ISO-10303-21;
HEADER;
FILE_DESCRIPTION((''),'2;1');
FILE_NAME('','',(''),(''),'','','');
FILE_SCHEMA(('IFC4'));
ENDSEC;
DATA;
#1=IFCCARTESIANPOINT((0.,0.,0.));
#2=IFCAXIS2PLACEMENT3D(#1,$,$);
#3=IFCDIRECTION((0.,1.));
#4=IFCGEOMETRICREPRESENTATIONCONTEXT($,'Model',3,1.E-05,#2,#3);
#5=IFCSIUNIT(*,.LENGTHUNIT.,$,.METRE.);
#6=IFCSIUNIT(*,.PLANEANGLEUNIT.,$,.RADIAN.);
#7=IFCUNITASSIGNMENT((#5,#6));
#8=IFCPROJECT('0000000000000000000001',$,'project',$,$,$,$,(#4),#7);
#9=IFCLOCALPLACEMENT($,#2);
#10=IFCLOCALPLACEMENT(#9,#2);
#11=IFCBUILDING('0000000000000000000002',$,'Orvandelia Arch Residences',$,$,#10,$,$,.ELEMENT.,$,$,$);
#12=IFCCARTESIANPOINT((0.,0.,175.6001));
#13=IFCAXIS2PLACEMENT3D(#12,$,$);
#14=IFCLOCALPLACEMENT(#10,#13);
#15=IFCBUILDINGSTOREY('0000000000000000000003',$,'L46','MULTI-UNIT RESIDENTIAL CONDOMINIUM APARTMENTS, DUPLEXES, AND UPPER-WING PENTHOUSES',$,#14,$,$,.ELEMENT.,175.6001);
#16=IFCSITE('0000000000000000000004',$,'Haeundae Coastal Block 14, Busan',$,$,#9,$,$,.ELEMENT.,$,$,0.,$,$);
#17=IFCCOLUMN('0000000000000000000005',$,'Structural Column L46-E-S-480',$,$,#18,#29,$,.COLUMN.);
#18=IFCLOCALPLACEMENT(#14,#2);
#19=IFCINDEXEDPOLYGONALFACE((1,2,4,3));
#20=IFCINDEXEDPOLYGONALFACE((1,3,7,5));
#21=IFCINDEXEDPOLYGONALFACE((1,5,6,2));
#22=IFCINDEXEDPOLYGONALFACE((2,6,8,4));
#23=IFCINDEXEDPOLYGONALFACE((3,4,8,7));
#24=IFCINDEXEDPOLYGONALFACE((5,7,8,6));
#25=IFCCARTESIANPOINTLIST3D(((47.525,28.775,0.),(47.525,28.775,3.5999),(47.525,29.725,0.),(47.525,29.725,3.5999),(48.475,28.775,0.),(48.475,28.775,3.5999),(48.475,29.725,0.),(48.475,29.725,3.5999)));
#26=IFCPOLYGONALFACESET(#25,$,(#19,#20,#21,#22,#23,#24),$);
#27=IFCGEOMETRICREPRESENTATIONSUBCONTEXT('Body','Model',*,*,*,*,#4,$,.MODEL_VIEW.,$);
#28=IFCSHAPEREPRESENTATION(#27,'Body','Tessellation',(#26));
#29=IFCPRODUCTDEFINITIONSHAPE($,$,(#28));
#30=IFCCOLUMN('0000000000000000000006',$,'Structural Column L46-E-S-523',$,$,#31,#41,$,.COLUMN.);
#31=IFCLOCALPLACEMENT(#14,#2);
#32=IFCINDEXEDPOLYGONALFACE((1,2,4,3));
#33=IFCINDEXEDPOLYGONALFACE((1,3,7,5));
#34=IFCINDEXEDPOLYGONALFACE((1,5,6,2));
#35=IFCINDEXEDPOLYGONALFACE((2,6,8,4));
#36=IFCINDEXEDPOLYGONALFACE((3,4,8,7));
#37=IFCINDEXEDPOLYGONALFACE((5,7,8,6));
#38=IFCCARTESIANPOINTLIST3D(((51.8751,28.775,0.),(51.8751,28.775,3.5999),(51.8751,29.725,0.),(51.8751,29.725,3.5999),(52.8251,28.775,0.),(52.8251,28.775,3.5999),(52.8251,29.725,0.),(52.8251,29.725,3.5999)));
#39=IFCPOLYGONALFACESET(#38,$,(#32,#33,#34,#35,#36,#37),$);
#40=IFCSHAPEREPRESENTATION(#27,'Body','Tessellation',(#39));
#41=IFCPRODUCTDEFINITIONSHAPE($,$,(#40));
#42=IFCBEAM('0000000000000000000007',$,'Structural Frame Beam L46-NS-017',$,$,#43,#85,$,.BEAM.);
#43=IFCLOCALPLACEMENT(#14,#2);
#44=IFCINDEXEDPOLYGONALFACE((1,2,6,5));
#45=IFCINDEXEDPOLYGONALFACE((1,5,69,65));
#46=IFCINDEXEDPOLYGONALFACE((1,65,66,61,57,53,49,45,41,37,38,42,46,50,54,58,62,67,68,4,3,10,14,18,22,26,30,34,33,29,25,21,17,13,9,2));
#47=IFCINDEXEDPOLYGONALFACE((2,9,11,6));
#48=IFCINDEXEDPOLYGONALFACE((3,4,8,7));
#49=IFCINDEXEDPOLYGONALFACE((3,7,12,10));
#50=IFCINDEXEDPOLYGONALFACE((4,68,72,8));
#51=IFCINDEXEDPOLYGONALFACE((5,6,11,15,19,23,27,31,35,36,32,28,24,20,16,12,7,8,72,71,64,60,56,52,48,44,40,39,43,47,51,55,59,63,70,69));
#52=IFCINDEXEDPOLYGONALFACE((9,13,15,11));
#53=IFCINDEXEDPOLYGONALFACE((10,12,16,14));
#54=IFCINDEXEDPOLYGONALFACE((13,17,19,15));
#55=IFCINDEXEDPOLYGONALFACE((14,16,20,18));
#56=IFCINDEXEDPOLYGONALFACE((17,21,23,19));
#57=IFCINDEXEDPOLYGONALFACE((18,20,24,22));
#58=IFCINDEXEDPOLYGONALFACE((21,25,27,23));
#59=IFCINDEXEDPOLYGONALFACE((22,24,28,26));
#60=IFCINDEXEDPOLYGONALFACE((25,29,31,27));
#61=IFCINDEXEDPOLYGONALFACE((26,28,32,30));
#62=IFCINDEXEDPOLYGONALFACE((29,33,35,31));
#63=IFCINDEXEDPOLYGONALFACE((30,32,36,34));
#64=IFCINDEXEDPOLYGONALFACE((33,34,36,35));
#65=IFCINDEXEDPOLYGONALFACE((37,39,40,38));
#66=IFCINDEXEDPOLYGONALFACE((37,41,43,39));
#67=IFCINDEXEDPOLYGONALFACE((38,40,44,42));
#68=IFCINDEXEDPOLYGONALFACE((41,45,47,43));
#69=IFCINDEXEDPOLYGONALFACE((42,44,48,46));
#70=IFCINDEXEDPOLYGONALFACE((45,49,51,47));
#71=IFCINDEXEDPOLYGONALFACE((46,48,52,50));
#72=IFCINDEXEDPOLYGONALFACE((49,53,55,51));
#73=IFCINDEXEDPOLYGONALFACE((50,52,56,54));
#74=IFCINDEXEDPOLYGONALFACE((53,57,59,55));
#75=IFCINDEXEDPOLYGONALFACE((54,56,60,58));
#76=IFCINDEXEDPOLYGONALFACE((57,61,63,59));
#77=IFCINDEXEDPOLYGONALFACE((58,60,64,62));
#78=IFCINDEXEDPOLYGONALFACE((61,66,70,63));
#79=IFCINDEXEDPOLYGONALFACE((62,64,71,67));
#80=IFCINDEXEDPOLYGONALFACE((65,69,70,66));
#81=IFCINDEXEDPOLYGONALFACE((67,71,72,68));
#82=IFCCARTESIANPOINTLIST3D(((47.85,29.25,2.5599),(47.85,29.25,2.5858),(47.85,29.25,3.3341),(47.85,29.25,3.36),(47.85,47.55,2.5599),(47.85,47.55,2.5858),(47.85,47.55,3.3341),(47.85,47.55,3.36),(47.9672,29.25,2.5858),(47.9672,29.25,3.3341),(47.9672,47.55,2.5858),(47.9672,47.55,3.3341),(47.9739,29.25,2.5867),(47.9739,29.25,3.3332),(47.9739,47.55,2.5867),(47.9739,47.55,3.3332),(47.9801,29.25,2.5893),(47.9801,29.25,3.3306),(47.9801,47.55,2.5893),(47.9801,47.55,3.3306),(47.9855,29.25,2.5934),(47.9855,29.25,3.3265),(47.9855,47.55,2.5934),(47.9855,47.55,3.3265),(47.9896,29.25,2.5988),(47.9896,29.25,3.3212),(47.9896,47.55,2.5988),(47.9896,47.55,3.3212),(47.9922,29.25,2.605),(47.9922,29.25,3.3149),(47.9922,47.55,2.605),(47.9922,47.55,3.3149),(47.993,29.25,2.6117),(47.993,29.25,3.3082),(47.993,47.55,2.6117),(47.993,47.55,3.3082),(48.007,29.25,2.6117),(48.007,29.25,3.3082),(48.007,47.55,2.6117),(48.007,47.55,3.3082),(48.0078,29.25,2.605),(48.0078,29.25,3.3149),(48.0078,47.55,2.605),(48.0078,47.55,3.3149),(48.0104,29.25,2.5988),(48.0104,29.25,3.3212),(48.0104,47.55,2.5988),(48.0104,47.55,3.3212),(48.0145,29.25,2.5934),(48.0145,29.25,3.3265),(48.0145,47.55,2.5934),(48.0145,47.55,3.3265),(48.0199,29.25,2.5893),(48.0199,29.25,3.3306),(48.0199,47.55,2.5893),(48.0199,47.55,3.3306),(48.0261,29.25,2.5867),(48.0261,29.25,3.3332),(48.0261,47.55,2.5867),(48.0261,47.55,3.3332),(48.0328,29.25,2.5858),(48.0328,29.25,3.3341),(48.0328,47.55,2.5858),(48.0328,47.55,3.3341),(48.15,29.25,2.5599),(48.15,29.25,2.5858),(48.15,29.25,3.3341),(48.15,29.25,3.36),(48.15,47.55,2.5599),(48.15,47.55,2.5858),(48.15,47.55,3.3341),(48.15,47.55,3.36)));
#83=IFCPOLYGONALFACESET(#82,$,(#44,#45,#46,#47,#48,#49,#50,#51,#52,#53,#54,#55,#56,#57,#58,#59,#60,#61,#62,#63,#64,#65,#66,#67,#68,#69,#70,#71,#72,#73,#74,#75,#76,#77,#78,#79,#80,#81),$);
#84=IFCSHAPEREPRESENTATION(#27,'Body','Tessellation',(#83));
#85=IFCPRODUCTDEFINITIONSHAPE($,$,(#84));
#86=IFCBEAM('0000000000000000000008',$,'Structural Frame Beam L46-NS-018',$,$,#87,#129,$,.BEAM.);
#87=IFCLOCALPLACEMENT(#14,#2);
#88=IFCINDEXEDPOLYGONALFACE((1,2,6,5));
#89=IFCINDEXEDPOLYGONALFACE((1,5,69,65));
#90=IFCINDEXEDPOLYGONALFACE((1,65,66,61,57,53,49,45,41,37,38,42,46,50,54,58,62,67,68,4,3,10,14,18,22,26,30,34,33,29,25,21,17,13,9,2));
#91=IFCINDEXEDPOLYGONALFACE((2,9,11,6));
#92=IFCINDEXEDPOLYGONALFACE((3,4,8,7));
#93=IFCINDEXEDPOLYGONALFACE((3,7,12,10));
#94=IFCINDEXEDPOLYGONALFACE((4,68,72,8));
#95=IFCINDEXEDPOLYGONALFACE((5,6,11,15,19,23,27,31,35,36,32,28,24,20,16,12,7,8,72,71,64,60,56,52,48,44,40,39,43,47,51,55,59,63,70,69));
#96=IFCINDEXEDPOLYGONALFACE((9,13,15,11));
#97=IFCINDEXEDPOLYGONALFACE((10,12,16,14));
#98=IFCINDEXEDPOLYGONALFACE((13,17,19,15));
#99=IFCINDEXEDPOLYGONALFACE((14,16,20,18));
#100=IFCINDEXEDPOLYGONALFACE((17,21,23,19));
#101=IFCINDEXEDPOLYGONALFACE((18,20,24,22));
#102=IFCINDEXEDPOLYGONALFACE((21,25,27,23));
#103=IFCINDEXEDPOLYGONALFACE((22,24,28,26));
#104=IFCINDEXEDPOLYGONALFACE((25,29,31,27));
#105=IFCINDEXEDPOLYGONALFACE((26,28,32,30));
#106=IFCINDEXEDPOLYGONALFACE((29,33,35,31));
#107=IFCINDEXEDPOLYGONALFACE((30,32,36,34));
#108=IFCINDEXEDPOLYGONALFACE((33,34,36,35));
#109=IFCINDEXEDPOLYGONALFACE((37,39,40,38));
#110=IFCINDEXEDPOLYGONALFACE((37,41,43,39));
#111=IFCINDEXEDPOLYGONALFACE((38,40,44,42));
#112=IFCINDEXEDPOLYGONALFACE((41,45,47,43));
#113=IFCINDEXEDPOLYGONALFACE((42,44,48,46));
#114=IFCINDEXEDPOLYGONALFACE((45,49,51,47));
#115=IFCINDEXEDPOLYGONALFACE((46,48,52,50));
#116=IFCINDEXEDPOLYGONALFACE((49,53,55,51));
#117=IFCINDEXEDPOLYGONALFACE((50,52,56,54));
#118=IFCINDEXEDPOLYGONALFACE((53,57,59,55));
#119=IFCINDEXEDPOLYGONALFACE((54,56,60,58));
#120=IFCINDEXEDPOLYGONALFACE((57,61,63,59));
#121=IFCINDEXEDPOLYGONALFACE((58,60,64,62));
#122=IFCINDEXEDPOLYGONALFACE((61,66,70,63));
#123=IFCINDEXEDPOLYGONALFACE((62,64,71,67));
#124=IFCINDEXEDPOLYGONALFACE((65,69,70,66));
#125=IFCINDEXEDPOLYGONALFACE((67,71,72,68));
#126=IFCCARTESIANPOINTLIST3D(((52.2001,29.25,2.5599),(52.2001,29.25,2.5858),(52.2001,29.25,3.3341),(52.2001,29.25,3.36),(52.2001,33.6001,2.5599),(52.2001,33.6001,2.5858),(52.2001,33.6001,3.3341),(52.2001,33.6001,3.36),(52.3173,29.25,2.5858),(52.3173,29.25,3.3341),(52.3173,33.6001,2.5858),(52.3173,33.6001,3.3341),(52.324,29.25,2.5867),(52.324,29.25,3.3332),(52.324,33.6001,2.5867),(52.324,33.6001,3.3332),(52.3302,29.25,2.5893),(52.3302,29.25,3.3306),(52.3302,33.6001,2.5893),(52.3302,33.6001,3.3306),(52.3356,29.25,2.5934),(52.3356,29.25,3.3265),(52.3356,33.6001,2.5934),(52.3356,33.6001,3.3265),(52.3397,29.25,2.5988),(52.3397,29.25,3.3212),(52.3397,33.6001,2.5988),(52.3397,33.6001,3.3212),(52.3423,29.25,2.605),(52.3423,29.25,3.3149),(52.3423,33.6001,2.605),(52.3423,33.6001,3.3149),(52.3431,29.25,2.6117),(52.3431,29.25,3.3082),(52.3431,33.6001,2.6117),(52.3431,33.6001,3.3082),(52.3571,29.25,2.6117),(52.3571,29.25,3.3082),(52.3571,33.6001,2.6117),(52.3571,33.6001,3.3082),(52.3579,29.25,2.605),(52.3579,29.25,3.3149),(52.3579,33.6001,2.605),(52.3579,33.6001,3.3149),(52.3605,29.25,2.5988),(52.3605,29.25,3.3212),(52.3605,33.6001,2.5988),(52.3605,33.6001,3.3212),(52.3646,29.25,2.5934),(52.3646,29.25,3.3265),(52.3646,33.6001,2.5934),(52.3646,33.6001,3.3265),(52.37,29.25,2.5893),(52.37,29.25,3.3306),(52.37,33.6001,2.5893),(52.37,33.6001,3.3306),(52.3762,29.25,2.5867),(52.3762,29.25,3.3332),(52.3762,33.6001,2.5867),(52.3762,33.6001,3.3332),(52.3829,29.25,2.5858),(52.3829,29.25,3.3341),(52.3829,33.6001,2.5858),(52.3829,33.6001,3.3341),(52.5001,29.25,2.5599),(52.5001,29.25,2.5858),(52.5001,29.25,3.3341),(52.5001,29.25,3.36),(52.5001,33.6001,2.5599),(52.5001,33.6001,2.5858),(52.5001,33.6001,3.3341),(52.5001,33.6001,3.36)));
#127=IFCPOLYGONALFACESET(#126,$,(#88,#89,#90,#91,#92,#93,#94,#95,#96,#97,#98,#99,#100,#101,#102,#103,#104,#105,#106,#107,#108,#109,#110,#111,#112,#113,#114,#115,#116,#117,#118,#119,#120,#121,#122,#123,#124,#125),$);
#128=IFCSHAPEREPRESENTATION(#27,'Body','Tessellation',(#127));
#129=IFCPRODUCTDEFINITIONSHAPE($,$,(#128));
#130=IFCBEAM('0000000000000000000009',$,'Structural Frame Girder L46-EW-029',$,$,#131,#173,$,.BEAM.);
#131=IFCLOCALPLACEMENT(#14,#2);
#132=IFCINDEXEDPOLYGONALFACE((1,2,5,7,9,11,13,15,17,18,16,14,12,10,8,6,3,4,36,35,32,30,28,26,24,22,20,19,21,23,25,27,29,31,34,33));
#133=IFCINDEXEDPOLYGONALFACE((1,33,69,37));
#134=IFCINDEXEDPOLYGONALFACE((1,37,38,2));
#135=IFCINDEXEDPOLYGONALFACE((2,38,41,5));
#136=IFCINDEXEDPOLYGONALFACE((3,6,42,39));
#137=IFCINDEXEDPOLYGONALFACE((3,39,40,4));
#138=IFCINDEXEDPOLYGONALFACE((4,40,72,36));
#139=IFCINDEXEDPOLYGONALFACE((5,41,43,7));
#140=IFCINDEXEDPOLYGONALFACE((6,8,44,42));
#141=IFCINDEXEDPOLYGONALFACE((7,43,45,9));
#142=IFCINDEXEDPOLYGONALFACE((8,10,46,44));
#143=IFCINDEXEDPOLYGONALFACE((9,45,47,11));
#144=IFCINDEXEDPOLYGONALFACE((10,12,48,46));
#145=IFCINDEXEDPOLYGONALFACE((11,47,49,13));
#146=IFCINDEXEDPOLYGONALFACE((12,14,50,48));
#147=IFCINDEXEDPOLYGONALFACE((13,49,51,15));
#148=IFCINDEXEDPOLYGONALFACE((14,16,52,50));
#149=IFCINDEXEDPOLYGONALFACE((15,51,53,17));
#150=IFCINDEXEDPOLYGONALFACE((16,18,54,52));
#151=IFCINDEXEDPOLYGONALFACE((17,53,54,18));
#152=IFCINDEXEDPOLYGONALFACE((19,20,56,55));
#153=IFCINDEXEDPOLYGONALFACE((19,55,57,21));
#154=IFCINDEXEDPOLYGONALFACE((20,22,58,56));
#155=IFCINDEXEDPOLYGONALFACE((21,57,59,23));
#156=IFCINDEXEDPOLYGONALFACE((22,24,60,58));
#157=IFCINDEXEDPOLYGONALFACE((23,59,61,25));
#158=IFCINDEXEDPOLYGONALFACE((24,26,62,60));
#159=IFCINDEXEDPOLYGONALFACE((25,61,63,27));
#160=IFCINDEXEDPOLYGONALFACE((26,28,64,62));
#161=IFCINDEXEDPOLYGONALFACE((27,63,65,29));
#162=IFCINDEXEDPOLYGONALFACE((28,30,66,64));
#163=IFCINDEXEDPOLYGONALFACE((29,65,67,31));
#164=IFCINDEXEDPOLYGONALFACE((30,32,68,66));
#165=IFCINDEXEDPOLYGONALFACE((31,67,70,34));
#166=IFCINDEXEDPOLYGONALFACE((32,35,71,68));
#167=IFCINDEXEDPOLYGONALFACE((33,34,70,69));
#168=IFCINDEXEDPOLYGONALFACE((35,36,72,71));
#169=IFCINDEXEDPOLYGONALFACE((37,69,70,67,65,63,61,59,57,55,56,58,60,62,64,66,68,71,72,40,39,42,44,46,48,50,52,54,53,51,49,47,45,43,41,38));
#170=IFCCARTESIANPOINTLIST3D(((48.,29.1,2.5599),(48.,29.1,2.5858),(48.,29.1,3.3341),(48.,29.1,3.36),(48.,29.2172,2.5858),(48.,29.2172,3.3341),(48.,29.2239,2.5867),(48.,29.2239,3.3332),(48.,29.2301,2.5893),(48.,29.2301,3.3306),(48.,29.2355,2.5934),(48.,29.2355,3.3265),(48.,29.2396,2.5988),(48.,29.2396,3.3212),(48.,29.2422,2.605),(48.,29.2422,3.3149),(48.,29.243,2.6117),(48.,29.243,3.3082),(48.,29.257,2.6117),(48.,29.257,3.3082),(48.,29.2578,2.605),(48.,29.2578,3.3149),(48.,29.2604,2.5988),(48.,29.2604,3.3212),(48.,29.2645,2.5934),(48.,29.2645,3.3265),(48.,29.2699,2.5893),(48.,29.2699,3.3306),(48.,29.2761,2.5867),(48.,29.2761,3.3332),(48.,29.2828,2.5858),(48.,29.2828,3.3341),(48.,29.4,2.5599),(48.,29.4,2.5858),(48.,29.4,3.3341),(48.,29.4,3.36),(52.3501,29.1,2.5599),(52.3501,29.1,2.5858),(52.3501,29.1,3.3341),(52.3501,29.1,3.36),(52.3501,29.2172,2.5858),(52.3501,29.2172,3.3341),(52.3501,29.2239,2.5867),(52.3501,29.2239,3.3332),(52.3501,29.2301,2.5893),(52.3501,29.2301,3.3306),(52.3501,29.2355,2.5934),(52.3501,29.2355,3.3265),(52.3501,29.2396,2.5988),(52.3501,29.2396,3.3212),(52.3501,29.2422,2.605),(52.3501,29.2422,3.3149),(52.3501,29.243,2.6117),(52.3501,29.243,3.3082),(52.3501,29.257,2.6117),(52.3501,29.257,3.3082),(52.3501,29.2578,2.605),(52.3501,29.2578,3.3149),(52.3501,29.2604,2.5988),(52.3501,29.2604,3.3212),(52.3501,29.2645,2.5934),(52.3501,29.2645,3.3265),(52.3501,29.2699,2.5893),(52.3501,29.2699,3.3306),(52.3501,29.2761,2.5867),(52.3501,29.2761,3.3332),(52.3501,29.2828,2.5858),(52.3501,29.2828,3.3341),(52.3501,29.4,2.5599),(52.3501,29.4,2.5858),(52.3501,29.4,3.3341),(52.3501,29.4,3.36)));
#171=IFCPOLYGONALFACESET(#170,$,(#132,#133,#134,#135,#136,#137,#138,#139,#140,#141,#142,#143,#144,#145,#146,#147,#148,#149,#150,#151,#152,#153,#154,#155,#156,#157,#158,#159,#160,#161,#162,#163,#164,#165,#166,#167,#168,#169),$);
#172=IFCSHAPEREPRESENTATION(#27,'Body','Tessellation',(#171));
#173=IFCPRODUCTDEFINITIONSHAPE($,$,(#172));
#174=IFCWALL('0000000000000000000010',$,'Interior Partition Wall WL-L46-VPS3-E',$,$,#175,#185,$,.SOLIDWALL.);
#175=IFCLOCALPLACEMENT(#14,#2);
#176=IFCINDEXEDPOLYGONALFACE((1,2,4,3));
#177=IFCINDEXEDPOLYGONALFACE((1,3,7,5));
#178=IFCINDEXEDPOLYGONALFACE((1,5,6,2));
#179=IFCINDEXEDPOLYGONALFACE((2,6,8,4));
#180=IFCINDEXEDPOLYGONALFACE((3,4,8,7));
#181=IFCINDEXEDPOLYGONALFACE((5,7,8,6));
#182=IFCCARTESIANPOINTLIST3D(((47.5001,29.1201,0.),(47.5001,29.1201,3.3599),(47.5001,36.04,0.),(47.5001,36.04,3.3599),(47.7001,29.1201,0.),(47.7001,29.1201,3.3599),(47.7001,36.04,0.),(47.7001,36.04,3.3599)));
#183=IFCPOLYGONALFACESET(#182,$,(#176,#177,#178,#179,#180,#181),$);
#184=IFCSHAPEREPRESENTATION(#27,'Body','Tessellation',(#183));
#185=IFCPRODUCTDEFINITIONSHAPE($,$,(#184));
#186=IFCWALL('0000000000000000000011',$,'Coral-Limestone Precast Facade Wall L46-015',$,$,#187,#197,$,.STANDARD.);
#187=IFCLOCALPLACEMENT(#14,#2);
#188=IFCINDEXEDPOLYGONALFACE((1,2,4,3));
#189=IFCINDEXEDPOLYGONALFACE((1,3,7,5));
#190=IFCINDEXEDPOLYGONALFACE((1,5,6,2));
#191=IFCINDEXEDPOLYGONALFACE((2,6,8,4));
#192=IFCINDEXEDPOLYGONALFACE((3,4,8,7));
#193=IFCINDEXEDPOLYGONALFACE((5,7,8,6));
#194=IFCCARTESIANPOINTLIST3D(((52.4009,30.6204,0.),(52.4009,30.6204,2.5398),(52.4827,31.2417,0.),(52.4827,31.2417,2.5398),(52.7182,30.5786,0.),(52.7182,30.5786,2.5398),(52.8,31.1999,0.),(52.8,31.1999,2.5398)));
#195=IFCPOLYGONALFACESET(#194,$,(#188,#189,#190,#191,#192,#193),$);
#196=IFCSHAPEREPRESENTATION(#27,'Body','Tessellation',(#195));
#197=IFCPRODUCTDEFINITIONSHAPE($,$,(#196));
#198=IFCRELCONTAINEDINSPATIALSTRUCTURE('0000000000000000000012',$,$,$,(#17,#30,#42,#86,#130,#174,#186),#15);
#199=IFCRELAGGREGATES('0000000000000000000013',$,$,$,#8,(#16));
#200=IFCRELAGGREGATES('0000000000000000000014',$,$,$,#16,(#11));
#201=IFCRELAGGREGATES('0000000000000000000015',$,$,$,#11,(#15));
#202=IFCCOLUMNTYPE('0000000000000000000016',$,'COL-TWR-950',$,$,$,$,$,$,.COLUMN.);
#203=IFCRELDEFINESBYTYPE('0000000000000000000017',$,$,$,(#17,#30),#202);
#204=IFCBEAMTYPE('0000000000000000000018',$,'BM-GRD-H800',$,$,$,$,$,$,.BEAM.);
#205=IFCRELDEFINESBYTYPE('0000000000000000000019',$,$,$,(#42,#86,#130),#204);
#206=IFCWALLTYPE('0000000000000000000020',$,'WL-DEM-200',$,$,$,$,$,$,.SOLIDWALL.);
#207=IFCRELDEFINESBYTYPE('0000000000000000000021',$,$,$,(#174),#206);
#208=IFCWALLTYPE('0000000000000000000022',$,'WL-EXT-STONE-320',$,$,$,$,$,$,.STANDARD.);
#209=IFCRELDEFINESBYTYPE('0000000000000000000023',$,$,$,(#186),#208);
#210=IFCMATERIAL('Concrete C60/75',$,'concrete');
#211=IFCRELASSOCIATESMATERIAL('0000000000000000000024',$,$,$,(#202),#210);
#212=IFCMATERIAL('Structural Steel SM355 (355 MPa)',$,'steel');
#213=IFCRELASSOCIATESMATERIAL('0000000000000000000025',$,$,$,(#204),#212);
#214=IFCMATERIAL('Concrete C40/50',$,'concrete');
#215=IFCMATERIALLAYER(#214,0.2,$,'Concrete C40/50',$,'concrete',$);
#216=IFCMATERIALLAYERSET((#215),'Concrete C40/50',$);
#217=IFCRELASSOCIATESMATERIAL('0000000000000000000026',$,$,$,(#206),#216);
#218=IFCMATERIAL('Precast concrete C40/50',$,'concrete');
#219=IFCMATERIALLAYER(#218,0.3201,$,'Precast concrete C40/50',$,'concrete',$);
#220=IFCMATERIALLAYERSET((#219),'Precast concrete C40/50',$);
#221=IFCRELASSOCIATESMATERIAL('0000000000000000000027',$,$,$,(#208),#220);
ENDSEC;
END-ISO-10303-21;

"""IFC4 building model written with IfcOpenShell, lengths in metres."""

from ifc_helpers import new_model, si_unit, direction, frame, frame_2d, origin, origin_2d, place, context, subcontext, project, spatial, rectangle, i_section, extrude, material, layer, layer_set, material_profile, profile_set, type_object, element, save


model = new_model("IFC4")

# Units and contexts
model_context = context("Model", 3, precision=1e-05, world=origin(), true_north=direction((0.0, 1.0)))
body_context = subcontext(model_context, "Body", "Model", "MODEL_VIEW")
ifc_project = project(units=[si_unit("LENGTHUNIT", "METRE"), si_unit("PLANEANGLEUNIT", "RADIAN")], contexts=[model_context])

# Site, building, storey
site_placement = place(None, origin())
site = spatial("IfcSite", under=ifc_project, at=site_placement, Name="Haeundae Coastal Block 14, Busan", CompositionType="ELEMENT", RefElevation=0.0)
building_placement = place(site_placement, origin())
building = spatial("IfcBuilding", under=site, at=building_placement, Name="Orvandelia Arch Residences", CompositionType="ELEMENT")
storey_placement = place(building_placement, frame((0.0, 0.0, 175.6001)))
storey = spatial("IfcBuildingStorey", under=building, at=storey_placement, Name="L46", Description="MULTI-UNIT RESIDENTIAL CONDOMINIUM APARTMENTS, DUPLEXES, AND UPPER-WING PENTHOUSES", CompositionType="ELEMENT", Elevation=175.6001)

# Columns
ifc_material_1 = material(Name="Concrete C60/75", Category="concrete")
ifc_material_profile_1 = material_profile(ifc_material_1, rectangle(XDim=0.95, YDim=0.95, at=origin_2d()), Name="Concrete C60/75", Category="concrete")
ifc_profile_set_1 = profile_set([ifc_material_profile_1], Name="Concrete C60/75")
column_type = type_object("IfcColumnType", Name="COL-TWR-950", PredefinedType="COLUMN", material=ifc_profile_set_1)
for number, where, z_axis, x_axis, name in (
    (1, (48.0, 29.25, 0.0), (0.0, 0.0, 1.0), (1.0, 0.0, 0.0), "Structural Column L46-E-S-480"),
    (2, (52.3501, 29.25, 0.0), (0.0, 0.0, 1.0), (1.0, 0.0, 0.0), "Structural Column L46-E-S-523"),
):
    element("IfcColumn", number, at=place(storey_placement, frame(where, z_axis=z_axis, x_axis=x_axis)), inside=storey, type_object=column_type, Name=name, PredefinedType="COLUMN", context=body_context, shape_type="SweptSolid", body=[
        extrude(rectangle(XDim=0.95, YDim=0.95, at=origin_2d()), origin(), (0.0, 0.0, 1.0), 3.5999),
    ])

# Beams
ifc_material_2 = material(Name="Structural Steel SM355 (355 MPa)", Category="steel")
ifc_material_profile_2 = material_profile(ifc_material_2, i_section(OverallWidth=0.3, OverallDepth=0.8, WebThickness=0.0139, FlangeThickness=0.0259, FilletRadius=0.0259, at=origin_2d()), Name="Structural Steel SM355 (355 MPa)", Category="steel")
ifc_profile_set_2 = profile_set([ifc_material_profile_2], Name="Structural Steel SM355 (355 MPa)")
beam_type = type_object("IfcBeamType", Name="BM-GRD-H800", PredefinedType="BEAM", material=ifc_profile_set_2)
beam_placement = place(storey_placement, frame((48.0, 29.25, 2.96), z_axis=(0.0, 1.0, 0.0), x_axis=(-1.0, 0.0, 0.0)))
element("IfcBeam", 3, at=beam_placement, inside=storey, type_object=beam_type, Name="Structural Frame Beam L46-NS-017", PredefinedType="BEAM", context=body_context, shape_type="SweptSolid", body=[
    extrude(i_section(OverallWidth=0.3, OverallDepth=0.8, WebThickness=0.0139, FlangeThickness=0.0259, FilletRadius=0.0259, at=origin_2d()), origin(), (0.0, 0.0, 1.0), 18.3),
])
for number, where, z_axis, x_axis, name in (
    (4, (52.3501, 29.25, 2.96), (0.0, 1.0, 0.0), (-1.0, 0.0, 0.0), "Structural Frame Beam L46-NS-018"),
    (5, (48.0, 29.25, 2.96), (1.0, 0.0, 0.0), (0.0, 1.0, 0.0), "Structural Frame Girder L46-EW-029"),
):
    element("IfcBeam", number, at=place(storey_placement, frame(where, z_axis=z_axis, x_axis=x_axis)), inside=storey, type_object=beam_type, Name=name, PredefinedType="BEAM", context=body_context, shape_type="SweptSolid", body=[
        extrude(i_section(OverallWidth=0.3, OverallDepth=0.8, WebThickness=0.0139, FlangeThickness=0.0259, FilletRadius=0.0259, at=origin_2d()), origin(), (0.0, 0.0, 1.0), 4.3501),
    ])

# Walls
ifc_material_3 = material(Name="Concrete C40/50", Category="concrete")
ifc_layer_1 = layer(ifc_material_3, 0.2, Name="Concrete C40/50", Category="concrete")
ifc_layer_set_1 = layer_set([ifc_layer_1], Name="Concrete C40/50")
wall_type_1 = type_object("IfcWallType", Name="WL-DEM-200", PredefinedType="SOLIDWALL", material=ifc_layer_set_1)
wall_1_placement = place(storey_placement, frame((47.6001, 29.1201, 0.0), z_axis=(0.0, 0.0, 1.0), x_axis=(0.0, 1.0, 0.0)))
element("IfcWall", 6, at=wall_1_placement, inside=storey, type_object=wall_type_1, Name="Interior Partition Wall WL-L46-VPS3-E", PredefinedType="SOLIDWALL", context=body_context, shape_type="SweptSolid", body=[
    extrude(rectangle(XDim=6.9199, YDim=0.2, at=frame_2d((3.46, 0.0))), origin(), (0.0, 0.0, 1.0), 3.3599),
])
ifc_material_4 = material(Name="Precast concrete C40/50", Category="concrete")
ifc_layer_2 = layer(ifc_material_4, 0.3201, Name="Precast concrete C40/50", Category="concrete")
ifc_layer_set_2 = layer_set([ifc_layer_2], Name="Precast concrete C40/50")
wall_type_2 = type_object("IfcWallType", Name="WL-EXT-STONE-320", PredefinedType="STANDARD", material=ifc_layer_set_2)
wall_2_placement = place(storey_placement, frame((52.6414, 31.2209, 0.0), z_axis=(0.0, 0.0, 1.0), x_axis=(-0.130505, -0.991448, 0.0)))
element("IfcWall", 7, at=wall_2_placement, inside=storey, type_object=wall_type_2, Name="Coral-Limestone Precast Facade Wall L46-015", PredefinedType="STANDARD", context=body_context, shape_type="SweptSolid", body=[
    extrude(rectangle(XDim=0.6267, YDim=0.3201, at=frame_2d((0.3135, 0.0))), origin(), (0.0, 0.0, 1.0), 2.5398),
])

save(model, "model.ifc")
